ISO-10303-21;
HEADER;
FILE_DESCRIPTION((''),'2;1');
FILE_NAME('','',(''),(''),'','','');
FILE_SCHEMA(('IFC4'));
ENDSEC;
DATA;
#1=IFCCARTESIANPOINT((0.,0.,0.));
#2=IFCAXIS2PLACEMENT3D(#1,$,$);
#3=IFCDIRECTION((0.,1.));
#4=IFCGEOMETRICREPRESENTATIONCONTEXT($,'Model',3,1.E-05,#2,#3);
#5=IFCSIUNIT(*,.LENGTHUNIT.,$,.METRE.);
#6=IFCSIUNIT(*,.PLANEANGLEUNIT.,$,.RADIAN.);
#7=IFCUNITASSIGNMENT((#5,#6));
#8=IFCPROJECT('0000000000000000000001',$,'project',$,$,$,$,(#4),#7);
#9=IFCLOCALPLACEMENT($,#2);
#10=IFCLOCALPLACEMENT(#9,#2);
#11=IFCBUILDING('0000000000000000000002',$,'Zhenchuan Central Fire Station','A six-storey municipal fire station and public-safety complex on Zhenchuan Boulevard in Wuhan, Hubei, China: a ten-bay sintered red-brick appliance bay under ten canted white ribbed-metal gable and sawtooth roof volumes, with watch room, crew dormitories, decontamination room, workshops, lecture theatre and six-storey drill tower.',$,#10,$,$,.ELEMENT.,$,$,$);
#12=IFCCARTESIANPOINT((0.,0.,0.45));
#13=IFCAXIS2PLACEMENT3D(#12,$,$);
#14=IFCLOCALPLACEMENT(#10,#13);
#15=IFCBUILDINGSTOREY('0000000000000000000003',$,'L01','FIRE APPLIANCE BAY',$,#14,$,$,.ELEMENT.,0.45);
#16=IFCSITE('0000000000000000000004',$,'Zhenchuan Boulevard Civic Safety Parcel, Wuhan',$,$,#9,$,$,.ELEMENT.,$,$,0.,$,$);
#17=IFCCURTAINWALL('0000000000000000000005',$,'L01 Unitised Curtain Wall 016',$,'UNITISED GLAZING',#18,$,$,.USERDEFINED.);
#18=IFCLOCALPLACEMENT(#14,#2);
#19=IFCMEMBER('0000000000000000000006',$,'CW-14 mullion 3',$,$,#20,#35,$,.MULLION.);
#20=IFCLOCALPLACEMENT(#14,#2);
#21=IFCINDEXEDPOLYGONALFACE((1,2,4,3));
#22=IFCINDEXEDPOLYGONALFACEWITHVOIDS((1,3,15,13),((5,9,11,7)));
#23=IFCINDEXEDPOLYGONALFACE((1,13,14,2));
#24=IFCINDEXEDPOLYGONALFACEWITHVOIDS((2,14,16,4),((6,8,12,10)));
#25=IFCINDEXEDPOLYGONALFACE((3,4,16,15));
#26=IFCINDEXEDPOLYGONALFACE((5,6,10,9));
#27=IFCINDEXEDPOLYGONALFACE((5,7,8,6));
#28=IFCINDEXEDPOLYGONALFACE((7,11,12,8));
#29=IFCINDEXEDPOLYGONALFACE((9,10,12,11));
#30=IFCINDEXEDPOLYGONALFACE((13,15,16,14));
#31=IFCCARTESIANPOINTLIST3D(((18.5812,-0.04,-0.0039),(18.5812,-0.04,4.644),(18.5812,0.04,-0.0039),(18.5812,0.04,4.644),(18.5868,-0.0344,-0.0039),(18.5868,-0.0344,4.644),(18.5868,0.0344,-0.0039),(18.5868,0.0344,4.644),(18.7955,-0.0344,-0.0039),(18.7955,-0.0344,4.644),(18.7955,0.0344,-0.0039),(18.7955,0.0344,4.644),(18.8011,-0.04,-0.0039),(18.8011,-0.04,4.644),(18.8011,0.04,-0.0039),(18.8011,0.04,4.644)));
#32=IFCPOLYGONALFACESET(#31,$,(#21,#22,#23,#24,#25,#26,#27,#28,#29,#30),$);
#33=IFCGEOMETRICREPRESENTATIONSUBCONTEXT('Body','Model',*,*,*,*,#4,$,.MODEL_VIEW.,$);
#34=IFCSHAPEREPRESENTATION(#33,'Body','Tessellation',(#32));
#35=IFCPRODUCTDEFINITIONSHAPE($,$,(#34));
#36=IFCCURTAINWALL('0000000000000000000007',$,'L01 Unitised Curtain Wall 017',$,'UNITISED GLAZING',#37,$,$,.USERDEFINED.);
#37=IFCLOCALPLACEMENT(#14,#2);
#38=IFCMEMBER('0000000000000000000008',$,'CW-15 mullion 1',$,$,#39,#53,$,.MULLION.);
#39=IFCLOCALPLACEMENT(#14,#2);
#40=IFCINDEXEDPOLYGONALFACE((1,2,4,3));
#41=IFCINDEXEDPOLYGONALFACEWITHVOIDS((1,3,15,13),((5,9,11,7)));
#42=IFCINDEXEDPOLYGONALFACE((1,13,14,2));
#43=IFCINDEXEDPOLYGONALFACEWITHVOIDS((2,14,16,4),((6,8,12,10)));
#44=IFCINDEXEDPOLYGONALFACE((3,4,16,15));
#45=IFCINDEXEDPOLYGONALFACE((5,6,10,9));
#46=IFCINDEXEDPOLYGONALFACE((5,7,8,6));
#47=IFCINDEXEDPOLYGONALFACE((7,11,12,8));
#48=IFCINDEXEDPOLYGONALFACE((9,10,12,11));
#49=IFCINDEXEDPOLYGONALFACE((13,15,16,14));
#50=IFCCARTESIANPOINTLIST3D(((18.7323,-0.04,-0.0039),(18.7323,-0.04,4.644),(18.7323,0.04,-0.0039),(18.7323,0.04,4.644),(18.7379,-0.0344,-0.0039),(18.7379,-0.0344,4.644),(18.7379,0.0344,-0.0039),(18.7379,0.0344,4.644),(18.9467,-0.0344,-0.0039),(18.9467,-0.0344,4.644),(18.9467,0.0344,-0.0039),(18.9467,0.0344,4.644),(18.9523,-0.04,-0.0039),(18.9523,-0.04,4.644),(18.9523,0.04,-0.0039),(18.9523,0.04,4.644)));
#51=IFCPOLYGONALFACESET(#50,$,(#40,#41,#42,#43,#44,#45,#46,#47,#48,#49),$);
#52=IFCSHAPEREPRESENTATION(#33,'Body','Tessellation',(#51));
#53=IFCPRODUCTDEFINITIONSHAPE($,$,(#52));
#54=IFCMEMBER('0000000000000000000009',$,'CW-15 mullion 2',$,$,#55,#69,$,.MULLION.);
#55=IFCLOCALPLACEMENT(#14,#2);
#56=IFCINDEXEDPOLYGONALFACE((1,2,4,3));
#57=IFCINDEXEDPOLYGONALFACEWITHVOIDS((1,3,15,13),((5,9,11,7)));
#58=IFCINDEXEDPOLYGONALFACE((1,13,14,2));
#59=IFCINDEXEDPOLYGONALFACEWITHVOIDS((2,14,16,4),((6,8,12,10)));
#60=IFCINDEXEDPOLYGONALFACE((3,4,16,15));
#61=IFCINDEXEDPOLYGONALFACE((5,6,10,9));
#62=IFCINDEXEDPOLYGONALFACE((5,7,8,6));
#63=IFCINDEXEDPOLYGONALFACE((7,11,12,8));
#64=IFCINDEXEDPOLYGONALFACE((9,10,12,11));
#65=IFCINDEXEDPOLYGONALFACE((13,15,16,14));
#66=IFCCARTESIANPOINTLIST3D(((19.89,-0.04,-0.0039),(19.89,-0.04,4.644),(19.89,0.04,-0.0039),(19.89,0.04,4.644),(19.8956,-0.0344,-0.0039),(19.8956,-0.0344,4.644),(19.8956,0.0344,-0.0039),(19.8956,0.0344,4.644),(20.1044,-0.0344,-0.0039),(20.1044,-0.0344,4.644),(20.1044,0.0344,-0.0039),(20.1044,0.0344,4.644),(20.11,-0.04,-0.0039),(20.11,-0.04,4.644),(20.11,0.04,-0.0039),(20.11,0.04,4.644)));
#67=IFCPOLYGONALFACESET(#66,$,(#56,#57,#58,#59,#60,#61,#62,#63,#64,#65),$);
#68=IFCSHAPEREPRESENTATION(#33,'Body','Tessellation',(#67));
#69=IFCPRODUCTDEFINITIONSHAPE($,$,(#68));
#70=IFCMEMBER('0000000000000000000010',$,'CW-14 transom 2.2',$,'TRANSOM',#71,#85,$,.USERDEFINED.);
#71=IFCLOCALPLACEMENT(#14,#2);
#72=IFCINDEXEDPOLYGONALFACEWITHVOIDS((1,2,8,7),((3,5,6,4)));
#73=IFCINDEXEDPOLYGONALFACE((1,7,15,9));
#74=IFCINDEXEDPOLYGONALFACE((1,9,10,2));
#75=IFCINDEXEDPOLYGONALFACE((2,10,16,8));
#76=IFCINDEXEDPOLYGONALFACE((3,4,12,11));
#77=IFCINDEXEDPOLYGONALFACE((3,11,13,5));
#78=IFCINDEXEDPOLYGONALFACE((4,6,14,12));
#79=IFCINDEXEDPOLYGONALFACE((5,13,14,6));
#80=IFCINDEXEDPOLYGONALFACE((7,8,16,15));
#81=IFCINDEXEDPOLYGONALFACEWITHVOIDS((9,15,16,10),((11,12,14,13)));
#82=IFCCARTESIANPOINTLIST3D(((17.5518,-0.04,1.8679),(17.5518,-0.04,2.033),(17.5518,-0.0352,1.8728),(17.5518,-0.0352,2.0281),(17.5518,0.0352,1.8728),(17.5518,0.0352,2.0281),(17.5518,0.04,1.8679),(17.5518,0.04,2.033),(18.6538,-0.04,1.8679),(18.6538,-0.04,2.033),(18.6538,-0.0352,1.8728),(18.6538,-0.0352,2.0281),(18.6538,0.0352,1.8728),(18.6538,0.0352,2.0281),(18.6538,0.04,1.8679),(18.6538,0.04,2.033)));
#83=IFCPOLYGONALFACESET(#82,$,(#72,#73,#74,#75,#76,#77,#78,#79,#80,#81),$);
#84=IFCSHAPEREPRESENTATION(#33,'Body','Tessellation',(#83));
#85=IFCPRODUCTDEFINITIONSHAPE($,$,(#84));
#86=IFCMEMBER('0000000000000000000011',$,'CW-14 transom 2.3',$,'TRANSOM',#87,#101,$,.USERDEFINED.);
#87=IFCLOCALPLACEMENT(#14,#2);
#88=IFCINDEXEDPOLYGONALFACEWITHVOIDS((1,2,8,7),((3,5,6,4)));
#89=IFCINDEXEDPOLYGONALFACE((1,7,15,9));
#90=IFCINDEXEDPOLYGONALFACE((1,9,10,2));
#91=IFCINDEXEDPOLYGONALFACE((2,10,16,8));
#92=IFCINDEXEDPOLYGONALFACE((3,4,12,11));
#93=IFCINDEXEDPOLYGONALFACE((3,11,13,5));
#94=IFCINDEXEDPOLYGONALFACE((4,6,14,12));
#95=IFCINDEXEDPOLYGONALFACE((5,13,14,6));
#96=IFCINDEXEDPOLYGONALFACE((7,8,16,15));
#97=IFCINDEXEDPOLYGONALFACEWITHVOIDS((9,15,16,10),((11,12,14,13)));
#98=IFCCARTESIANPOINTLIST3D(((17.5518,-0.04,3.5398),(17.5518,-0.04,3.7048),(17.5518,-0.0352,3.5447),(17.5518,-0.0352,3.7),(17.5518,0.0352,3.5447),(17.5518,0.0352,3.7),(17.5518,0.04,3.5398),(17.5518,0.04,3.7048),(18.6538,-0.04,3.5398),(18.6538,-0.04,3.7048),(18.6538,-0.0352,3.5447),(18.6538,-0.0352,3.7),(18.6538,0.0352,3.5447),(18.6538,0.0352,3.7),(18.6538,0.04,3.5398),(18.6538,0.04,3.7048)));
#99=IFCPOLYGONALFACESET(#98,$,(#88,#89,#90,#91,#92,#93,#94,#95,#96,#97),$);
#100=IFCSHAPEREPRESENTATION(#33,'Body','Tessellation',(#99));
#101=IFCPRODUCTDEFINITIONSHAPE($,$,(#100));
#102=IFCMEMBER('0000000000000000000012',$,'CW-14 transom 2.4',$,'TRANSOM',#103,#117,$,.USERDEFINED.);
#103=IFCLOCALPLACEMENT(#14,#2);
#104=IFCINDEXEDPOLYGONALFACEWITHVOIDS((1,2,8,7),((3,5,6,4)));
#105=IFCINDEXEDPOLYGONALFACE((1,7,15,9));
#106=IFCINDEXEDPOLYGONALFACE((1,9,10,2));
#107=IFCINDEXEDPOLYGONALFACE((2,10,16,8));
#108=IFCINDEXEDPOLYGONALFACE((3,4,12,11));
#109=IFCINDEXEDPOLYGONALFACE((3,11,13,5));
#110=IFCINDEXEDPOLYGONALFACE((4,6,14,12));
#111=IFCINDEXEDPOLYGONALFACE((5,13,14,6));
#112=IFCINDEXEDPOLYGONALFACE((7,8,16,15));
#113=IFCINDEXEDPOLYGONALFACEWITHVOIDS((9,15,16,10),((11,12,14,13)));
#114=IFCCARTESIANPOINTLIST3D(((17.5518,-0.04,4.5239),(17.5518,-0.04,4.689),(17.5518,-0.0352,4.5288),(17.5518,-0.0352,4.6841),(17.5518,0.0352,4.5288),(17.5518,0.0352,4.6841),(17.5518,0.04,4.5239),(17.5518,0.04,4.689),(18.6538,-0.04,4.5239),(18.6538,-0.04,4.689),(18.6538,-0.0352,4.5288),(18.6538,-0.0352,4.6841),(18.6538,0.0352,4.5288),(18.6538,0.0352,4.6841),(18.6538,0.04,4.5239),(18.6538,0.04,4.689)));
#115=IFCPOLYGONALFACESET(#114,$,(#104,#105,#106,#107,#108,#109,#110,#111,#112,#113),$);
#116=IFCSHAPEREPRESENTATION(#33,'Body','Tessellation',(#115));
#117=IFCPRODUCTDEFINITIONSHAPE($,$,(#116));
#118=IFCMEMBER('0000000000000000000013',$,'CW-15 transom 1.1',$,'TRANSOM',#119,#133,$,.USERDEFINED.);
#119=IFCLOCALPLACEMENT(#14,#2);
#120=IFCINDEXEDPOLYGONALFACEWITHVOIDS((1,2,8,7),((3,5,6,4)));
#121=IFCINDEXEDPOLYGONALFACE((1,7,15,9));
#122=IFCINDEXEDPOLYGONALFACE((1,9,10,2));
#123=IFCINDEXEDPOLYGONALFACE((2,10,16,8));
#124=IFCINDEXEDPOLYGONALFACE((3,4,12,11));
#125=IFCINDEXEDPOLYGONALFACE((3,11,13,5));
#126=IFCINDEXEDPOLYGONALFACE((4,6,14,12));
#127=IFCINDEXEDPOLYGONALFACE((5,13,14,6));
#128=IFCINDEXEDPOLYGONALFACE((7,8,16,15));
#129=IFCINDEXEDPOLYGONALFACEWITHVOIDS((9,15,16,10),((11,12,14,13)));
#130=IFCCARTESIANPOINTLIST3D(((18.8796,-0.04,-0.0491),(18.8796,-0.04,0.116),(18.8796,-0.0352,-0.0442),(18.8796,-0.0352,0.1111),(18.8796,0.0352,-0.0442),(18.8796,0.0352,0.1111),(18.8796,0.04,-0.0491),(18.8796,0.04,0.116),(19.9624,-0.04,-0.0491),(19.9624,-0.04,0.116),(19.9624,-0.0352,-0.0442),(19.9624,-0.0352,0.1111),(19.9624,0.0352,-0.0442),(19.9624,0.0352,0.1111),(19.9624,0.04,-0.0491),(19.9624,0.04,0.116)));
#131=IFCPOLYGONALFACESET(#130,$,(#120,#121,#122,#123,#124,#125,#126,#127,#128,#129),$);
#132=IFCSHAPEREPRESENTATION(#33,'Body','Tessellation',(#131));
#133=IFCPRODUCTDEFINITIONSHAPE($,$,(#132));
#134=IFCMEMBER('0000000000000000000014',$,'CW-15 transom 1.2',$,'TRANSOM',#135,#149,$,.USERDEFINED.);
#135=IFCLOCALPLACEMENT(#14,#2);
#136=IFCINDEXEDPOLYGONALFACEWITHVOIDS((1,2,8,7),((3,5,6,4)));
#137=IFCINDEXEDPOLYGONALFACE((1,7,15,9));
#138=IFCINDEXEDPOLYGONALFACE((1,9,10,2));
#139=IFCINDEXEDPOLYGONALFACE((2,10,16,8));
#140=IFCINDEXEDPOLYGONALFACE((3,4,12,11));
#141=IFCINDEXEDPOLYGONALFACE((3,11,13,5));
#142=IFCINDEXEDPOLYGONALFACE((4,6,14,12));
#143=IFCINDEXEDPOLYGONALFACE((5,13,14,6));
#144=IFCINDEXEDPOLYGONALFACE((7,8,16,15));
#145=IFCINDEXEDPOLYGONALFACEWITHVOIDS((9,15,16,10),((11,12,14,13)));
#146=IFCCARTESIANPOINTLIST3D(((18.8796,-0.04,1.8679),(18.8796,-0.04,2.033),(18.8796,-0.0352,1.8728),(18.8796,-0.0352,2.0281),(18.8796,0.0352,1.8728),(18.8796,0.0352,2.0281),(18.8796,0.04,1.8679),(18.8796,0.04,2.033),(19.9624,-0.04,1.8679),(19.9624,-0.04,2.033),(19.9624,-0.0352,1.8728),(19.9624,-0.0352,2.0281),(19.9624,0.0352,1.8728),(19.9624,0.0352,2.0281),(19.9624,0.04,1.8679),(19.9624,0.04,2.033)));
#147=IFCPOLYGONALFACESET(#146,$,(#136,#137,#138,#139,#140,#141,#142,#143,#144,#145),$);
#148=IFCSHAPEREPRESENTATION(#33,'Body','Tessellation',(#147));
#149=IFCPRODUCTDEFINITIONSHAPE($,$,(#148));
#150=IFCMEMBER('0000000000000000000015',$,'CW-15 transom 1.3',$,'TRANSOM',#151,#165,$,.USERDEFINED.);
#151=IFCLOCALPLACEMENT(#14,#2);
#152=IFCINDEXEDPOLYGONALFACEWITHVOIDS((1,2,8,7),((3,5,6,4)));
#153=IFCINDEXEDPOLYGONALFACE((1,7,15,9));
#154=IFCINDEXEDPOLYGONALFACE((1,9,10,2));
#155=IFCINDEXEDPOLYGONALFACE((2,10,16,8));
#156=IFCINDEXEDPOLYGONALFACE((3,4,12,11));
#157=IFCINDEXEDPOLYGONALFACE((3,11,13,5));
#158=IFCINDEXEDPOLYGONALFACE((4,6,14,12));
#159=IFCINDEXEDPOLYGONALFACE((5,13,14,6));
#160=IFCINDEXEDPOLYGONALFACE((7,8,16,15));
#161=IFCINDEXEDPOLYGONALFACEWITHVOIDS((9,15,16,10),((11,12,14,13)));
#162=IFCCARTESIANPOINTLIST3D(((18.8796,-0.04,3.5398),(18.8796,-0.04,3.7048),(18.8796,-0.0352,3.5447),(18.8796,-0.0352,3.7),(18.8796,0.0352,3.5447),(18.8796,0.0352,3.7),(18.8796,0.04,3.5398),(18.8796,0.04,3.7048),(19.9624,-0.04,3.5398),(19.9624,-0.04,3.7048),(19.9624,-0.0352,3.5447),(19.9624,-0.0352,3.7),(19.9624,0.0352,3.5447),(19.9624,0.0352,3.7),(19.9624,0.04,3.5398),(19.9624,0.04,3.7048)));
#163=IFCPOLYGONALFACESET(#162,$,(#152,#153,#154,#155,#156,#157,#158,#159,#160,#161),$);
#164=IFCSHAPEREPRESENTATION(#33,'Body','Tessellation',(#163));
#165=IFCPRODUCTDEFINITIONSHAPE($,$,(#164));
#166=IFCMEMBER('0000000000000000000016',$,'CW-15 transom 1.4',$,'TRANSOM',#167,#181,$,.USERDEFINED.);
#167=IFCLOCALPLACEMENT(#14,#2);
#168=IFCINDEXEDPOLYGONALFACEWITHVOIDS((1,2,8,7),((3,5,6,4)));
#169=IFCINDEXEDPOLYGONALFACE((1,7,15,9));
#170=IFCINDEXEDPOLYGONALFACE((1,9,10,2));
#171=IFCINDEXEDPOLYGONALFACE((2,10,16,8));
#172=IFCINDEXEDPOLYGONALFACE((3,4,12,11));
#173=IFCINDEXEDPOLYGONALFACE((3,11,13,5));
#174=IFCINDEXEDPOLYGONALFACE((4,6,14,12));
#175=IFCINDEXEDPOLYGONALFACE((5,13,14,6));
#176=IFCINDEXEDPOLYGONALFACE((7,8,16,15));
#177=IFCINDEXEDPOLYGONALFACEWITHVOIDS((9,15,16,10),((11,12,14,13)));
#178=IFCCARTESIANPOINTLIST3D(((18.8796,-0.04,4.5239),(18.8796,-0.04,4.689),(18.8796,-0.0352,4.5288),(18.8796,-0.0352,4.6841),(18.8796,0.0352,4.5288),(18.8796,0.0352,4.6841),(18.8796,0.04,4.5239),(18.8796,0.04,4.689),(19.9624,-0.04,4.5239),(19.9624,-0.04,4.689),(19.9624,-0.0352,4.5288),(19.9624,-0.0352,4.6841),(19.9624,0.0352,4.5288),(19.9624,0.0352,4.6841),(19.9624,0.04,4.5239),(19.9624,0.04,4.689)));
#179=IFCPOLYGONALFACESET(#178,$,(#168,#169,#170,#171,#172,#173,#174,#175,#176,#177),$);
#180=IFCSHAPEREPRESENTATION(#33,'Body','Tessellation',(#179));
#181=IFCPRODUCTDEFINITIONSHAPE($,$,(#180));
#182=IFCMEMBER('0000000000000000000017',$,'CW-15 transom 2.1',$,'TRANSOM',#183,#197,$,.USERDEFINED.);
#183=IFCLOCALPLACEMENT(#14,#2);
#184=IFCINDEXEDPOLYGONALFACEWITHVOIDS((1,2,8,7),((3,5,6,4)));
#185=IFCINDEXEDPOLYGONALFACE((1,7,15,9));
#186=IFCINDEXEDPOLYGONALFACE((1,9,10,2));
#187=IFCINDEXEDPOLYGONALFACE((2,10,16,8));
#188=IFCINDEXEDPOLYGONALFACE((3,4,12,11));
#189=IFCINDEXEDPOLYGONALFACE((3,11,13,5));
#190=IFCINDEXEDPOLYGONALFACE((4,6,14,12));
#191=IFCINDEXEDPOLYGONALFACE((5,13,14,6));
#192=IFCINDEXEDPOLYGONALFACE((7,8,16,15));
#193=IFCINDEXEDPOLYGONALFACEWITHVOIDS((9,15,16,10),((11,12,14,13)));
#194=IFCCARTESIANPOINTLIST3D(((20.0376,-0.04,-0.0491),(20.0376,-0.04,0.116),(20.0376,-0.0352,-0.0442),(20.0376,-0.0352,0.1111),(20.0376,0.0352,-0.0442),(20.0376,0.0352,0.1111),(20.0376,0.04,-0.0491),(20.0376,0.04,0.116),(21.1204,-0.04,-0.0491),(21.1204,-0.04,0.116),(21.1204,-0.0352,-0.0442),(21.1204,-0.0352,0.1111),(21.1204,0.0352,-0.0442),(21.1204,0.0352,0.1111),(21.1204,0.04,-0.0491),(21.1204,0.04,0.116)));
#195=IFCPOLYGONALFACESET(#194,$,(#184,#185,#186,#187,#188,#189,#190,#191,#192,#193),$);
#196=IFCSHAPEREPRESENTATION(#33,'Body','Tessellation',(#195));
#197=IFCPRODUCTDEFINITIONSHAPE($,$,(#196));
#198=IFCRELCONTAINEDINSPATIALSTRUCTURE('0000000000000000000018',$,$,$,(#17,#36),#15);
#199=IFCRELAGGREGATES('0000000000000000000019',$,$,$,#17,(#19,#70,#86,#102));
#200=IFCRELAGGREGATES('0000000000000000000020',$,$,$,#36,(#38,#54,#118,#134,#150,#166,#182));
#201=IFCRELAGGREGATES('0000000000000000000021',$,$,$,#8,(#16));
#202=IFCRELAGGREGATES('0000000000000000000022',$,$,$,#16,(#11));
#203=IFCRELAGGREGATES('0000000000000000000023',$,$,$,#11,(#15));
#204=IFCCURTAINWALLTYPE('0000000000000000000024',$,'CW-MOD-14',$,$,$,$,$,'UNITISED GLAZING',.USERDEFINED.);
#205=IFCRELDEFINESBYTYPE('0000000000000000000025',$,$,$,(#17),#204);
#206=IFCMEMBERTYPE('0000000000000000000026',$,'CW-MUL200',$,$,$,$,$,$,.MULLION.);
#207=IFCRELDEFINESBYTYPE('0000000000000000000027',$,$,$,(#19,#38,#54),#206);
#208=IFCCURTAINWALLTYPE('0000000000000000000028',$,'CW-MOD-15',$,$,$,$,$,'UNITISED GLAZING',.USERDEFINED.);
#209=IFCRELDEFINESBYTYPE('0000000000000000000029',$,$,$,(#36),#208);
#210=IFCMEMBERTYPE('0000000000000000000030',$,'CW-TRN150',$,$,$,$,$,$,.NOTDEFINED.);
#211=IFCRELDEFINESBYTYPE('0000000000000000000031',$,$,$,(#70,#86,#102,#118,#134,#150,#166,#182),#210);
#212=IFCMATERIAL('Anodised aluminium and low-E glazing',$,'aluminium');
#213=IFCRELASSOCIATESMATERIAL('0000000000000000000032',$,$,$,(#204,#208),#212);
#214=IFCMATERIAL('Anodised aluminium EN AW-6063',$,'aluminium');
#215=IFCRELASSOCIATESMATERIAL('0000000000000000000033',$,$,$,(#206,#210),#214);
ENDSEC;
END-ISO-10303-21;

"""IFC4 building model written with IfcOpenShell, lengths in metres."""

from ifc_helpers import new_model, si_unit, direction, frame, origin, origin_2d, place, context, subcontext, project, spatial, hollow_rectangle, extrude, material, material_profile, profile_set, type_object, element, aggregate, save


model = new_model("IFC4")

# Units and contexts
model_context = context("Model", 3, precision=1e-05, world=origin(), true_north=direction((0.0, 1.0)))
body_context = subcontext(model_context, "Body", "Model", "MODEL_VIEW")
ifc_project = project(units=[si_unit("LENGTHUNIT", "METRE"), si_unit("PLANEANGLEUNIT", "RADIAN")], contexts=[model_context])

# Site, building, storey
site_placement = place(None, origin())
site = spatial("IfcSite", under=ifc_project, at=site_placement, Name="Zhenchuan Boulevard Civic Safety Parcel, Wuhan", CompositionType="ELEMENT", RefElevation=0.0)
building_placement = place(site_placement, origin())
building = spatial("IfcBuilding", under=site, at=building_placement, Name="Zhenchuan Central Fire Station", Description="A six-storey municipal fire station and public-safety complex on Zhenchuan Boulevard in Wuhan, Hubei, China: a ten-bay sintered red-brick appliance bay under ten canted white ribbed-metal gable and sawtooth roof volumes, with watch room, crew dormitories, decontamination room, workshops, lecture theatre and six-storey drill tower.", CompositionType="ELEMENT")
storey_placement = place(building_placement, frame((0.0, 0.0, 0.45)))
storey = spatial("IfcBuildingStorey", under=building, at=storey_placement, Name="L01", Description="FIRE APPLIANCE BAY", CompositionType="ELEMENT", Elevation=0.45)

# Curtain wall, member
ifc_material_1 = material(Name="Anodised aluminium and low-E glazing", Category="aluminium")
curtain_wall_type_1 = type_object("IfcCurtainWallType", Name="CW-MOD-14", ElementType="UNITISED GLAZING", PredefinedType="USERDEFINED", material=ifc_material_1)
curtain_wall_1_placement = place(storey_placement, origin())
curtain_wall_1 = element("IfcCurtainWall", 1, at=curtain_wall_1_placement, inside=storey, type_object=curtain_wall_type_1, Name="L01 Unitised Curtain Wall 016", ObjectType="UNITISED GLAZING", PredefinedType="USERDEFINED")
ifc_material_2 = material(Name="Anodised aluminium EN AW-6063", Category="aluminium")
ifc_material_profile_1 = material_profile(ifc_material_2, hollow_rectangle(XDim=0.0801, YDim=0.22, WallThickness=0.0056, at=origin_2d()), Name="ALU-M 220x80")
ifc_profile_set_1 = profile_set([ifc_material_profile_1], Name="Anodised aluminium EN AW-6063")
member_type_1 = type_object("IfcMemberType", Name="CW-MUL200", PredefinedType="MULLION", material=ifc_profile_set_1)
member_1_placement = place(storey_placement, frame((18.6912, 0.0, -0.0039), z_axis=(0.0, 0.0, 1.0), x_axis=(0.0, 1.0, 0.0)))
member_1 = element("IfcMember", 2, at=member_1_placement, type_object=member_type_1, Name="CW-14 mullion 3", PredefinedType="MULLION", context=body_context, shape_type="SweptSolid", body=[
    extrude(hollow_rectangle(XDim=0.0801, YDim=0.22, WallThickness=0.0056, at=origin_2d()), origin(), (0.0, 0.0, 1.0), 4.6479),
])

# Curtain wall, members
curtain_wall_type_2 = type_object("IfcCurtainWallType", Name="CW-MOD-15", ElementType="UNITISED GLAZING", PredefinedType="USERDEFINED", material=ifc_material_1)
curtain_wall_2_placement = place(storey_placement, origin())
curtain_wall_2 = element("IfcCurtainWall", 3, at=curtain_wall_2_placement, inside=storey, type_object=curtain_wall_type_2, Name="L01 Unitised Curtain Wall 017", ObjectType="UNITISED GLAZING", PredefinedType="USERDEFINED")
member_2_placement = place(storey_placement, frame((18.8423, 0.0, -0.0039), z_axis=(0.0, 0.0, 1.0), x_axis=(0.0, 1.0, 0.0)))
member_2 = element("IfcMember", 4, at=member_2_placement, type_object=member_type_1, Name="CW-15 mullion 1", PredefinedType="MULLION", context=body_context, shape_type="SweptSolid", body=[
    extrude(hollow_rectangle(XDim=0.0801, YDim=0.22, WallThickness=0.0056, at=origin_2d()), origin(), (0.0, 0.0, 1.0), 4.6479),
])
member_3_placement = place(storey_placement, frame((20.0, 0.0, -0.0039), z_axis=(0.0, 0.0, 1.0), x_axis=(0.0, 1.0, 0.0)))
member_3 = element("IfcMember", 5, at=member_3_placement, type_object=member_type_1, Name="CW-15 mullion 2", PredefinedType="MULLION", context=body_context, shape_type="SweptSolid", body=[
    extrude(hollow_rectangle(XDim=0.0801, YDim=0.22, WallThickness=0.0056, at=origin_2d()), origin(), (0.0, 0.0, 1.0), 4.6479),
])

# Members
ifc_material_profile_2 = material_profile(ifc_material_2, hollow_rectangle(XDim=0.0801, YDim=0.165, WallThickness=0.0049, at=origin_2d()), Name="ALU-T 165x80")
ifc_profile_set_2 = profile_set([ifc_material_profile_2], Name="Anodised aluminium EN AW-6063")
member_type_2 = type_object("IfcMemberType", Name="CW-TRN150", PredefinedType="NOTDEFINED", material=ifc_profile_set_2)
member_4_placement = place(storey_placement, frame((17.5518, 0.0, 1.9504), z_axis=(1.0, 0.0, 0.0), x_axis=(0.0, 1.0, 0.0)))
member_4 = element("IfcMember", 6, at=member_4_placement, type_object=member_type_2, Name="CW-14 transom 2.2", ObjectType="TRANSOM", PredefinedType="USERDEFINED", context=body_context, shape_type="SweptSolid", body=[
    extrude(hollow_rectangle(XDim=0.0801, YDim=0.165, WallThickness=0.0049, at=origin_2d()), origin(), (0.0, 0.0, 1.0), 1.1021),
])
member_5_placement = place(storey_placement, frame((17.5518, 0.0, 3.6223), z_axis=(1.0, 0.0, 0.0), x_axis=(0.0, 1.0, 0.0)))
member_5 = element("IfcMember", 7, at=member_5_placement, type_object=member_type_2, Name="CW-14 transom 2.3", ObjectType="TRANSOM", PredefinedType="USERDEFINED", context=body_context, shape_type="SweptSolid", body=[
    extrude(hollow_rectangle(XDim=0.0801, YDim=0.165, WallThickness=0.0049, at=origin_2d()), origin(), (0.0, 0.0, 1.0), 1.1021),
])
member_6_placement = place(storey_placement, frame((17.5518, 0.0, 4.6064), z_axis=(1.0, 0.0, 0.0), x_axis=(0.0, 1.0, 0.0)))
member_6 = element("IfcMember", 8, at=member_6_placement, type_object=member_type_2, Name="CW-14 transom 2.4", ObjectType="TRANSOM", PredefinedType="USERDEFINED", context=body_context, shape_type="SweptSolid", body=[
    extrude(hollow_rectangle(XDim=0.0801, YDim=0.165, WallThickness=0.0049, at=origin_2d()), origin(), (0.0, 0.0, 1.0), 1.1021),
])
member_7_placement = place(storey_placement, frame((18.8796, 0.0, 0.0334), z_axis=(1.0, 0.0, 0.0), x_axis=(0.0, 1.0, 0.0)))
member_7 = element("IfcMember", 9, at=member_7_placement, type_object=member_type_2, Name="CW-15 transom 1.1", ObjectType="TRANSOM", PredefinedType="USERDEFINED", context=body_context, shape_type="SweptSolid", body=[
    extrude(hollow_rectangle(XDim=0.0801, YDim=0.165, WallThickness=0.0049, at=origin_2d()), origin(), (0.0, 0.0, 1.0), 1.0828),
])
member_8_placement = place(storey_placement, frame((18.8796, 0.0, 1.9504), z_axis=(1.0, 0.0, 0.0), x_axis=(0.0, 1.0, 0.0)))
member_8 = element("IfcMember", 10, at=member_8_placement, type_object=member_type_2, Name="CW-15 transom 1.2", ObjectType="TRANSOM", PredefinedType="USERDEFINED", context=body_context, shape_type="SweptSolid", body=[
    extrude(hollow_rectangle(XDim=0.0801, YDim=0.165, WallThickness=0.0049, at=origin_2d()), origin(), (0.0, 0.0, 1.0), 1.0828),
])
member_9_placement = place(storey_placement, frame((18.8796, 0.0, 3.6223), z_axis=(1.0, 0.0, 0.0), x_axis=(0.0, 1.0, 0.0)))
member_9 = element("IfcMember", 11, at=member_9_placement, type_object=member_type_2, Name="CW-15 transom 1.3", ObjectType="TRANSOM", PredefinedType="USERDEFINED", context=body_context, shape_type="SweptSolid", body=[
    extrude(hollow_rectangle(XDim=0.0801, YDim=0.165, WallThickness=0.0049, at=origin_2d()), origin(), (0.0, 0.0, 1.0), 1.0828),
])
member_10_placement = place(storey_placement, frame((18.8796, 0.0, 4.6064), z_axis=(1.0, 0.0, 0.0), x_axis=(0.0, 1.0, 0.0)))
member_10 = element("IfcMember", 12, at=member_10_placement, type_object=member_type_2, Name="CW-15 transom 1.4", ObjectType="TRANSOM", PredefinedType="USERDEFINED", context=body_context, shape_type="SweptSolid", body=[
    extrude(hollow_rectangle(XDim=0.0801, YDim=0.165, WallThickness=0.0049, at=origin_2d()), origin(), (0.0, 0.0, 1.0), 1.0828),
])
member_11_placement = place(storey_placement, frame((20.0376, 0.0, 0.0334), z_axis=(1.0, 0.0, 0.0), x_axis=(0.0, 1.0, 0.0)))
member_11 = element("IfcMember", 13, at=member_11_placement, type_object=member_type_2, Name="CW-15 transom 2.1", ObjectType="TRANSOM", PredefinedType="USERDEFINED", context=body_context, shape_type="SweptSolid", body=[
    extrude(hollow_rectangle(XDim=0.0801, YDim=0.165, WallThickness=0.0049, at=origin_2d()), origin(), (0.0, 0.0, 1.0), 1.0828),
])

aggregate(curtain_wall_1, [member_1, member_4, member_5, member_6])
aggregate(curtain_wall_2, [member_2, member_3, member_7, member_8, member_9, member_10, member_11])

save(model, "model.ifc")
